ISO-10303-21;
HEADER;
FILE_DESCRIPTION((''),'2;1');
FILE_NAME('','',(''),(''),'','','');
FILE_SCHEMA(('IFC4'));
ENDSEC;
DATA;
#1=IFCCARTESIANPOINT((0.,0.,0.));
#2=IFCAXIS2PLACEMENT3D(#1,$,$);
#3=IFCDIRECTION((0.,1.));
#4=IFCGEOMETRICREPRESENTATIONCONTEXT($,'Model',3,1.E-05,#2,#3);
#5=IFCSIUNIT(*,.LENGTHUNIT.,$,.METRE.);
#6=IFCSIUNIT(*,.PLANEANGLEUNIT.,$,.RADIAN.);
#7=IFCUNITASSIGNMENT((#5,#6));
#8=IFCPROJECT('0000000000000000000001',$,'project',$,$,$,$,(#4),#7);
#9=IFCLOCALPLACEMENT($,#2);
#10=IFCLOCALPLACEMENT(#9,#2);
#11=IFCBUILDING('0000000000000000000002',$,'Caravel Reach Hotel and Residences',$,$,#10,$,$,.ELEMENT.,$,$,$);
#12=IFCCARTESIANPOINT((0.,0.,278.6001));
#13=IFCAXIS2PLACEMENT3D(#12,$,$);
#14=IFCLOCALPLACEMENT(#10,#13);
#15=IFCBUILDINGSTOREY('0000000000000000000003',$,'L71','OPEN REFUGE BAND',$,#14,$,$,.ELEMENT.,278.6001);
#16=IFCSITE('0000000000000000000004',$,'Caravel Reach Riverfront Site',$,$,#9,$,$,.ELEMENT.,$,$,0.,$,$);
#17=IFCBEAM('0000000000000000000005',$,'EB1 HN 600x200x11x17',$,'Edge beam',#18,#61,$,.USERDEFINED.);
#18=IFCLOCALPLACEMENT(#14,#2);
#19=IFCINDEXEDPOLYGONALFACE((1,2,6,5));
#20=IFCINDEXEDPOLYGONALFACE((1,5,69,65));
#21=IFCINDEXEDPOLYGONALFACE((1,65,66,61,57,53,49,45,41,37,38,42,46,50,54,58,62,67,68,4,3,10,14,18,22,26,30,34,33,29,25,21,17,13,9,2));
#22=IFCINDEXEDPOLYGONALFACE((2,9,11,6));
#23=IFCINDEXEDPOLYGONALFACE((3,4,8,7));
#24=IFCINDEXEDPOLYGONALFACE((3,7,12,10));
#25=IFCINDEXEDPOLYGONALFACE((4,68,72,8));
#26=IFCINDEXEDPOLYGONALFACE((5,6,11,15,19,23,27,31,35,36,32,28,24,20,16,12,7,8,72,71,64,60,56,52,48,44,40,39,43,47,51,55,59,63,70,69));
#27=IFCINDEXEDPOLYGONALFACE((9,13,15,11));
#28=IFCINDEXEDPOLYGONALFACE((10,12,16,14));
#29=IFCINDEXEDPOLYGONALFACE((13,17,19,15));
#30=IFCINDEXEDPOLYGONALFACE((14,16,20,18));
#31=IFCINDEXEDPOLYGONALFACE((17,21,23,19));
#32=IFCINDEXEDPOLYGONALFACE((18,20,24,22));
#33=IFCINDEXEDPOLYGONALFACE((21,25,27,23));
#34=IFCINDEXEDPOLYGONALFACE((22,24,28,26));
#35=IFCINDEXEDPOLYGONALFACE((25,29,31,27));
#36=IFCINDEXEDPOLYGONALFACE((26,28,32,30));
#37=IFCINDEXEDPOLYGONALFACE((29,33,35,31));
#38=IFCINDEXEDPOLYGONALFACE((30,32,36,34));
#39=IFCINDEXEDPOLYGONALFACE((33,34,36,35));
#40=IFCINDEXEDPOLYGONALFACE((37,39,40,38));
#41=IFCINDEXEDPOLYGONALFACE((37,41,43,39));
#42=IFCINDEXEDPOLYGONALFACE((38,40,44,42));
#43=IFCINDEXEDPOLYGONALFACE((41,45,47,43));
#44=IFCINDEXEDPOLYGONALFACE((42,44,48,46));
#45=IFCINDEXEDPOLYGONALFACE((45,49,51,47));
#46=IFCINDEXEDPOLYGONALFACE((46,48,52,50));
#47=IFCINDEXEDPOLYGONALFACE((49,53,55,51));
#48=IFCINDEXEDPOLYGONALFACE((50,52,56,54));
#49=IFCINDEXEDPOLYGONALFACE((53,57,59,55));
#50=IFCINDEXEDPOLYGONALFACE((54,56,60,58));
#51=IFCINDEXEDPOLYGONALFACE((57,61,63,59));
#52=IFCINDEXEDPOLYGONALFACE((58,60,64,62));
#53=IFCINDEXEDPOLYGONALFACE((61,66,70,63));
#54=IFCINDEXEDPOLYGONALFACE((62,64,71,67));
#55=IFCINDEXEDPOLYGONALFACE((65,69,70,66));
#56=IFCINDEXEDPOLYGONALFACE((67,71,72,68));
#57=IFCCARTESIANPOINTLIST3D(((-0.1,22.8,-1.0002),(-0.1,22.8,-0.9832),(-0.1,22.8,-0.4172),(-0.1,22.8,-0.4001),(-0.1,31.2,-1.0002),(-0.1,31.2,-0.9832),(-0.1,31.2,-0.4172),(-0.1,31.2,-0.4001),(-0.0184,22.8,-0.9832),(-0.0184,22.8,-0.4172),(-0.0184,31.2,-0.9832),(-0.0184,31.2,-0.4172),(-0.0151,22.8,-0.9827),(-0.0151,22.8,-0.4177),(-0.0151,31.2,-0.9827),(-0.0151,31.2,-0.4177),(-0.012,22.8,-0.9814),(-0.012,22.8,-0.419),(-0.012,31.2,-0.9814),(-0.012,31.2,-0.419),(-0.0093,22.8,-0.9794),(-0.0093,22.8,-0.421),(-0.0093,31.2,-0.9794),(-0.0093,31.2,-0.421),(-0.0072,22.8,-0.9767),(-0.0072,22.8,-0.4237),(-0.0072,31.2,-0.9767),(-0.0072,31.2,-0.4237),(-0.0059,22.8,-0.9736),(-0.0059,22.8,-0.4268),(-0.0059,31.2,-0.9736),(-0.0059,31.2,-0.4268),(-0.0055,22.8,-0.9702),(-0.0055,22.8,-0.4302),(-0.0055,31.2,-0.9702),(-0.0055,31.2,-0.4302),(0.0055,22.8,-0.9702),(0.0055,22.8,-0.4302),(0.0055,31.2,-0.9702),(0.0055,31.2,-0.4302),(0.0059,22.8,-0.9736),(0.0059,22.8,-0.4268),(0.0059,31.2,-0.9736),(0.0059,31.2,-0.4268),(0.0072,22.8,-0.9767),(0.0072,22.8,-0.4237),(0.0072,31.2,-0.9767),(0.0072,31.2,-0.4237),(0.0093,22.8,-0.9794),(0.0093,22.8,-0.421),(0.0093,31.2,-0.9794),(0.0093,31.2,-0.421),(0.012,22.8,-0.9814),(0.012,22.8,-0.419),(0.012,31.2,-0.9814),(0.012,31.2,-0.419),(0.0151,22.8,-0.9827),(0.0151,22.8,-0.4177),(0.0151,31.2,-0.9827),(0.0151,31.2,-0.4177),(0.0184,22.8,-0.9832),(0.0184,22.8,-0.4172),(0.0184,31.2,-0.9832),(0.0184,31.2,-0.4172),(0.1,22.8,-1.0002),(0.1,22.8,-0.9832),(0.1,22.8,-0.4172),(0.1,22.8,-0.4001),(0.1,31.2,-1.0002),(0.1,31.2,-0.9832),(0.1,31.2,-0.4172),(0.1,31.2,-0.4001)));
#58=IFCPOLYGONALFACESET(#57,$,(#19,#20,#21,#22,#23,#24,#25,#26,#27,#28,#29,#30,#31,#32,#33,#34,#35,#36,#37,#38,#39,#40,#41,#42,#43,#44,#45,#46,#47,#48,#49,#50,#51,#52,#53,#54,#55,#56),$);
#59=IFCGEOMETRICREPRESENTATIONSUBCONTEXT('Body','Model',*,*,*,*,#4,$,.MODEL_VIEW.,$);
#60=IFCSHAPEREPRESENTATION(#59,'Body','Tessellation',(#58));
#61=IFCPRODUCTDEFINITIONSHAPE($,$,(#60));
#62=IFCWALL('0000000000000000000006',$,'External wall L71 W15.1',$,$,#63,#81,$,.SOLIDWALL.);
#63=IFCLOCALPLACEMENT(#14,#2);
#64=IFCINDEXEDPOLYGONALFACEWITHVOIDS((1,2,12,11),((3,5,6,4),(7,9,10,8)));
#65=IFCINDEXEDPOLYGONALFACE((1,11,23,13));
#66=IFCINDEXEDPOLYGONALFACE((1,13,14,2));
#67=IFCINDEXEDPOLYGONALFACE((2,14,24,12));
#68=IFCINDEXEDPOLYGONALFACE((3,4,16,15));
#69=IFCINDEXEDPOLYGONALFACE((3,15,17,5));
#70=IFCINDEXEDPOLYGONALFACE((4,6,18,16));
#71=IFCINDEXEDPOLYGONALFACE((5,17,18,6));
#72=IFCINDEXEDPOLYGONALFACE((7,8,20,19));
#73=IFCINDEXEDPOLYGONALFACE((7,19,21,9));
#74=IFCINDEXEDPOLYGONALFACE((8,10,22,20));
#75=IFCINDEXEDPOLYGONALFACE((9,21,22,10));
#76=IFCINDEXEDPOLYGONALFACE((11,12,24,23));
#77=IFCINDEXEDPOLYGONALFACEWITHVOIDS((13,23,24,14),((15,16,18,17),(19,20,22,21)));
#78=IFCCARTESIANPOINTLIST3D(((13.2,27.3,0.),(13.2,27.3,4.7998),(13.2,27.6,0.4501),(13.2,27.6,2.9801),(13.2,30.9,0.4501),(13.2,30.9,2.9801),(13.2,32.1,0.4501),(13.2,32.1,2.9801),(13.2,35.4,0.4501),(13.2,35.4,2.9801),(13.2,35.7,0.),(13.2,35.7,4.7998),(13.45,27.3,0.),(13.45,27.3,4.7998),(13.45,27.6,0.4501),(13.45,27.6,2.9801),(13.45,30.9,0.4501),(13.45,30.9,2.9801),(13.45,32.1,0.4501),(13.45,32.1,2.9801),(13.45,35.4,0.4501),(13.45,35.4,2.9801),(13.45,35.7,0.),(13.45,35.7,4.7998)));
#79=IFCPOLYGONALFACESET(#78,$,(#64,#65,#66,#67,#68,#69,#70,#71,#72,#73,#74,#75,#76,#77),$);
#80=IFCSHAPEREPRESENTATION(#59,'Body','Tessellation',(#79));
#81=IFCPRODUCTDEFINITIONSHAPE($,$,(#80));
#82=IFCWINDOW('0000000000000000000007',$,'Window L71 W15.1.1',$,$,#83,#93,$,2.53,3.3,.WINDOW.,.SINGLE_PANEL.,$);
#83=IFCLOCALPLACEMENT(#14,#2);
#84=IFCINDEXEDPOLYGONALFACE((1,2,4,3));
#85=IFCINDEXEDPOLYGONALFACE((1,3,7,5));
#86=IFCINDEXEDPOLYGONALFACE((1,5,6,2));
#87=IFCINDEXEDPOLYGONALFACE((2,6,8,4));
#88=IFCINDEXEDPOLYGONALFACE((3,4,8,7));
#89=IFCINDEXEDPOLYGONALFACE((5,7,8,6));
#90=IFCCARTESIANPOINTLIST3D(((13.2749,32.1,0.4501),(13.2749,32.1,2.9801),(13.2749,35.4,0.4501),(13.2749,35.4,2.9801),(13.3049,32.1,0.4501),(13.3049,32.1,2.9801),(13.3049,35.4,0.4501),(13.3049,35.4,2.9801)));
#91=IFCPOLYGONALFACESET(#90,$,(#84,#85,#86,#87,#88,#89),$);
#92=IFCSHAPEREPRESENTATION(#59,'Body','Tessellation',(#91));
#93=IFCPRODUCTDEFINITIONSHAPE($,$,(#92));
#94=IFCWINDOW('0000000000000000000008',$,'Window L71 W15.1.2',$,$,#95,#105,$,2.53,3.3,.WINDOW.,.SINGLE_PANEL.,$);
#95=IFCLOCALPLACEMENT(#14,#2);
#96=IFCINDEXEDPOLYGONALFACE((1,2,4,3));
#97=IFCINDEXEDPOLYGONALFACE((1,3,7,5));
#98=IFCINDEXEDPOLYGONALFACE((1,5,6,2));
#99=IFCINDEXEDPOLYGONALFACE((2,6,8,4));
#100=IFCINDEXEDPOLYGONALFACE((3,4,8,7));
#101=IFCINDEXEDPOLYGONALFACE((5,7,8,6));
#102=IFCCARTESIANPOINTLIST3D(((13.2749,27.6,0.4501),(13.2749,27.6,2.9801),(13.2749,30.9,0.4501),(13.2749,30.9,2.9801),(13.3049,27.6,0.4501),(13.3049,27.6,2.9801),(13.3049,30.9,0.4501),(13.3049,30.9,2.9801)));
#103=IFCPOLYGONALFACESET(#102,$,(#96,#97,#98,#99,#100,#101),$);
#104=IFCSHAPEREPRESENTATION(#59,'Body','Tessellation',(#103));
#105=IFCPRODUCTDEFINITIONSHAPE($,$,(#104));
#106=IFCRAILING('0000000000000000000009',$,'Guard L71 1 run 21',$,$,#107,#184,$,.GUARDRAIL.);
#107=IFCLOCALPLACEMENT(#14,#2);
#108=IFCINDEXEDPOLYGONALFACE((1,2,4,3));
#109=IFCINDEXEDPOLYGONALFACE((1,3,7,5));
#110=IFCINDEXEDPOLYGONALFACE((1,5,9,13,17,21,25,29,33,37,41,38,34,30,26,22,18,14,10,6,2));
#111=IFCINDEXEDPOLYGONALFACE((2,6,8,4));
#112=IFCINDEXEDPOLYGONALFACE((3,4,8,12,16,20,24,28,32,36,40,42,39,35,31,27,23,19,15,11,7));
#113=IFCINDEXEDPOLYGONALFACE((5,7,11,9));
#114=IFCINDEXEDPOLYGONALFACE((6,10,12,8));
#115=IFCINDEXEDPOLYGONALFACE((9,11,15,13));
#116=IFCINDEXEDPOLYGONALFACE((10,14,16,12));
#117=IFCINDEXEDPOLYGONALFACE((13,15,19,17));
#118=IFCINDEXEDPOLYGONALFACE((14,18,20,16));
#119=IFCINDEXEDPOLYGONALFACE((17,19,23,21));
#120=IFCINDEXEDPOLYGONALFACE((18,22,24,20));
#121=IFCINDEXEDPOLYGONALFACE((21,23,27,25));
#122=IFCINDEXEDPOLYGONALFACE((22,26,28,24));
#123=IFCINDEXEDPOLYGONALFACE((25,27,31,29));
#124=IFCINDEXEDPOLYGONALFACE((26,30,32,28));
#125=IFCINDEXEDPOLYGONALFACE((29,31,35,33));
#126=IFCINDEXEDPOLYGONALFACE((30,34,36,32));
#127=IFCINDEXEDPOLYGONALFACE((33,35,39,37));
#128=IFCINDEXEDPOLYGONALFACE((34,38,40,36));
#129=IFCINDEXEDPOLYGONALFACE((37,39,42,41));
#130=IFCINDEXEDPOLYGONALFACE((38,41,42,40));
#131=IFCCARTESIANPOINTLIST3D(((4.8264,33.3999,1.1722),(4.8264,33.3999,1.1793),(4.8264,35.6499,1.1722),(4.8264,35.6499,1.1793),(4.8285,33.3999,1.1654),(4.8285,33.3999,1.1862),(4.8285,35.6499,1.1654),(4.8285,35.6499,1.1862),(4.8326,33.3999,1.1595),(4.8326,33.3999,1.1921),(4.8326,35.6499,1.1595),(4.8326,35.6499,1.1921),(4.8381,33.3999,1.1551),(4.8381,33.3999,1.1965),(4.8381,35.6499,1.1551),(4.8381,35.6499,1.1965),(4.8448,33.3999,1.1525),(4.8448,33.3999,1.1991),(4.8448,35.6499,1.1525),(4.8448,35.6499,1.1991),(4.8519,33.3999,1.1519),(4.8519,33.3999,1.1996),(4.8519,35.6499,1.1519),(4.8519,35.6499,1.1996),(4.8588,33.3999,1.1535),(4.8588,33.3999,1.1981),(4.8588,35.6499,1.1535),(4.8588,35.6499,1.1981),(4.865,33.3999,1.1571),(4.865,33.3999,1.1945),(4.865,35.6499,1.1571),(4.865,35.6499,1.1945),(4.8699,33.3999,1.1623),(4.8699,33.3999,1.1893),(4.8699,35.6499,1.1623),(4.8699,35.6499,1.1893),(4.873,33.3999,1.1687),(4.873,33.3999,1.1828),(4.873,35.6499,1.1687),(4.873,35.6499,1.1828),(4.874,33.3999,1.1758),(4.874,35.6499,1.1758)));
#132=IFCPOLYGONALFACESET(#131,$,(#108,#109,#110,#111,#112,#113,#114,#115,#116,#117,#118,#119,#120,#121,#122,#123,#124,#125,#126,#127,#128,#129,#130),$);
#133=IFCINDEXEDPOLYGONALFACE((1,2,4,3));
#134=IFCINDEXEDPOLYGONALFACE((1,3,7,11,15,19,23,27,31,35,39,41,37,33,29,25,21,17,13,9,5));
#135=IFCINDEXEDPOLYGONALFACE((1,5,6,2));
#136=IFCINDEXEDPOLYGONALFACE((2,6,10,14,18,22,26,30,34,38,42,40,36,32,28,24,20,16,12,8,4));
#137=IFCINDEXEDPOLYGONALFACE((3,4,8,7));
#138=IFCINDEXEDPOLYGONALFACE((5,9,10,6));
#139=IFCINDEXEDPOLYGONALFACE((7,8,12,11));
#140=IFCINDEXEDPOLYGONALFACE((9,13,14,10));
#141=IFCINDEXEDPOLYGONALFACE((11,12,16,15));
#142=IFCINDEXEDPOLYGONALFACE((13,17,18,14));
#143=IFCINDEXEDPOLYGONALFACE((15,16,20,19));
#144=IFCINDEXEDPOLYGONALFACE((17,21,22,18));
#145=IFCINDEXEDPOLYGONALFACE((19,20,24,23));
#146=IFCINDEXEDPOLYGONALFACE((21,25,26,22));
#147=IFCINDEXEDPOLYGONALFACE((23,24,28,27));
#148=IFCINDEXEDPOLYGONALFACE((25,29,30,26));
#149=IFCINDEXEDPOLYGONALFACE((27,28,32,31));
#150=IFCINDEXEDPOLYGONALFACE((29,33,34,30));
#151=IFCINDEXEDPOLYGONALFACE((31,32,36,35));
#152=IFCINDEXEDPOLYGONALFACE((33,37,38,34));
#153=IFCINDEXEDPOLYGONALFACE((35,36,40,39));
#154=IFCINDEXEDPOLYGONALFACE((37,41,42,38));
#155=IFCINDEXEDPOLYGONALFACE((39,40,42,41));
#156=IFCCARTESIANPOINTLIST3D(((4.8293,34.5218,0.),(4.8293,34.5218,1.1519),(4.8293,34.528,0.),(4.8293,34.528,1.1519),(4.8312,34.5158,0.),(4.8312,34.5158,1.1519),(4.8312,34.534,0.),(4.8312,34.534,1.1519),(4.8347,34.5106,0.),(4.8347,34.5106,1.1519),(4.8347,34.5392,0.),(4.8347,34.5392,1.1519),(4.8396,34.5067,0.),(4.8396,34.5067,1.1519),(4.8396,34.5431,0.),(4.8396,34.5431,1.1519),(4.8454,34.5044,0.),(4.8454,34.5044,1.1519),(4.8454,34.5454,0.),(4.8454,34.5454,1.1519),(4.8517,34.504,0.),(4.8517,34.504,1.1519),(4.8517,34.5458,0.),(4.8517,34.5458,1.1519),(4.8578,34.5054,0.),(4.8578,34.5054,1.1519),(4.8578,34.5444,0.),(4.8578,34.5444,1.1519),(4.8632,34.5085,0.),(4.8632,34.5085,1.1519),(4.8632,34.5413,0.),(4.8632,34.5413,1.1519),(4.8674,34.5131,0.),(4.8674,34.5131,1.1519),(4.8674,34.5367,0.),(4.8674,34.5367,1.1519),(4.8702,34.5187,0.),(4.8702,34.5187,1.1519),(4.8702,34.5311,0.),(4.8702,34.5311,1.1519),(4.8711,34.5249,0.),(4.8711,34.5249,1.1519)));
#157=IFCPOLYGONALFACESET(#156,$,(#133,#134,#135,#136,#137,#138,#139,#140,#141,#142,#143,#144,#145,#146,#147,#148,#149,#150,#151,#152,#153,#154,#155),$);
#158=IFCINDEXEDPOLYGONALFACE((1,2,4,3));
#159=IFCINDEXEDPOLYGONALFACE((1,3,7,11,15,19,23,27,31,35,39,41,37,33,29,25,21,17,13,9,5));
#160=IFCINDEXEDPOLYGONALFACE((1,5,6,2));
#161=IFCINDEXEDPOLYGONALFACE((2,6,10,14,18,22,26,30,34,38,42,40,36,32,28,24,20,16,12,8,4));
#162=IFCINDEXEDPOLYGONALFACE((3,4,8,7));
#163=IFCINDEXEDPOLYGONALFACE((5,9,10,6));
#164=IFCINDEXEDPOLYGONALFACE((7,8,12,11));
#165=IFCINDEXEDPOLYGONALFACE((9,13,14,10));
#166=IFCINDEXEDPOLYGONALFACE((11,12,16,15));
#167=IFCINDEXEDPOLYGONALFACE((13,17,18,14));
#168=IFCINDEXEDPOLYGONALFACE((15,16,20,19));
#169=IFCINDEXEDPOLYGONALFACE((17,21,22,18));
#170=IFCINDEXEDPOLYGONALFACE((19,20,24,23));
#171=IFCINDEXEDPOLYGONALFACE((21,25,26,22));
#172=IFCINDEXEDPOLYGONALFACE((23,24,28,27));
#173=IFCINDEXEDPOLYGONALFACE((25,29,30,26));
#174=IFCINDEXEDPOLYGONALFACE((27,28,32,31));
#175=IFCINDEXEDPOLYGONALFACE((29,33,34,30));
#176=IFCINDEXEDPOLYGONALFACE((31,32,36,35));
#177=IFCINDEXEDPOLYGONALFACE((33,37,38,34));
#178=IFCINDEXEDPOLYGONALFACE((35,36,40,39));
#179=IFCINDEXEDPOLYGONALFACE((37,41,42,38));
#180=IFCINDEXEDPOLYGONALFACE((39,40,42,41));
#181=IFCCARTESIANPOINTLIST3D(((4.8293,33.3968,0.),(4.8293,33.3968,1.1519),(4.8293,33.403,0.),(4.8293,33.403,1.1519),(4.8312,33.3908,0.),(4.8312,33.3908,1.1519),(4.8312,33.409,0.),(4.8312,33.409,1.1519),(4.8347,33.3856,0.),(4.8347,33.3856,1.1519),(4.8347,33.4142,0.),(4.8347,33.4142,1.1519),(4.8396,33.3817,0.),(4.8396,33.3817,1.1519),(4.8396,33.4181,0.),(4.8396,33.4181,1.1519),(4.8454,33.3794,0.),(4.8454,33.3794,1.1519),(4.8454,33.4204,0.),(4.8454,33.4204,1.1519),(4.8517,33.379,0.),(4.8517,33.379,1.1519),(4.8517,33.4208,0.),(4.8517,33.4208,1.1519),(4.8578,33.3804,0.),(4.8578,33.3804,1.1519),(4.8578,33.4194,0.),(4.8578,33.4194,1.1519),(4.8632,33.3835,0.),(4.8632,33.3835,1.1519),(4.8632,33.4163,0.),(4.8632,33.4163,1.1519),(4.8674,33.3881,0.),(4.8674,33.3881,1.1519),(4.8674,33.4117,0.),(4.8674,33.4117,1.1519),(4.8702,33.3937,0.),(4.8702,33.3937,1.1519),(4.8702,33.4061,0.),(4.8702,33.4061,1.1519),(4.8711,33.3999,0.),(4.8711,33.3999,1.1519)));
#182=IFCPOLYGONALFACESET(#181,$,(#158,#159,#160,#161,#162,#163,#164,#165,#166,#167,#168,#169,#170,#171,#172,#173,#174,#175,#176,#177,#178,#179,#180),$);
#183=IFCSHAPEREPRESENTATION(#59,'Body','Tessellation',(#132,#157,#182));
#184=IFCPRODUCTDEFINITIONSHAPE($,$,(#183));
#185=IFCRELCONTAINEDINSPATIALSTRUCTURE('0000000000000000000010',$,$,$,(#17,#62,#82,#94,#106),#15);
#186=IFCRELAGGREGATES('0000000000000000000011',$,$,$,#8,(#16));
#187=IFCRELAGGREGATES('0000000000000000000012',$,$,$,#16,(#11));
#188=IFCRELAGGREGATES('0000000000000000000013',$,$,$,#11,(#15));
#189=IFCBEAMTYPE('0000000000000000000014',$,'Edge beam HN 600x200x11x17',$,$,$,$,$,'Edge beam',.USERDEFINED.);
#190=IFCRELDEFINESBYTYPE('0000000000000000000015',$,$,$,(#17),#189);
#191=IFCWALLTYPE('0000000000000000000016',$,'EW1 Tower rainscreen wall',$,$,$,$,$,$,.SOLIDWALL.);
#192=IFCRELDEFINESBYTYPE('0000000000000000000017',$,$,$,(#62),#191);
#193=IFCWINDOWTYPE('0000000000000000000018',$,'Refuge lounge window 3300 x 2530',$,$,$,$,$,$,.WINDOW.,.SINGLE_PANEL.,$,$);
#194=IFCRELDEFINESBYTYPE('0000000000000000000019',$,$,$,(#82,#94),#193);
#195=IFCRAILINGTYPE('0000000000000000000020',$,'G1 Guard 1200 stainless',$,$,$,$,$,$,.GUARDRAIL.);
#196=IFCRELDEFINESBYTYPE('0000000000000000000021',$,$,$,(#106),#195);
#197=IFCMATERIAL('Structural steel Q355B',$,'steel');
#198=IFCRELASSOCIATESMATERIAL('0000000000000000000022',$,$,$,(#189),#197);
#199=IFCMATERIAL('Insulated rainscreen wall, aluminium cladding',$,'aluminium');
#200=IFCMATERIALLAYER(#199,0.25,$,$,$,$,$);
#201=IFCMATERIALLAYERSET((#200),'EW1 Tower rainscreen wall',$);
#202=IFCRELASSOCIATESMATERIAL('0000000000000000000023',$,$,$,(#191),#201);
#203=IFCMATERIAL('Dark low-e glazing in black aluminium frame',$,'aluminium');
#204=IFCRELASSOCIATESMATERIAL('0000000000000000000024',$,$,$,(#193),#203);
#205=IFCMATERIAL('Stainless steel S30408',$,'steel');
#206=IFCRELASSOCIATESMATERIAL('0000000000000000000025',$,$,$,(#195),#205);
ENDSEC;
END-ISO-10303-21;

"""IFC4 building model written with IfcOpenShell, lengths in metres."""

from ifc_helpers import new_model, si_unit, direction, frame, frame_2d, origin, origin_2d, place, context, subcontext, project, spatial, rectangle, circle, i_section, extrude, material, layer, layer_set, material_profile, profile_set, type_object, element, fill, save


model = new_model("IFC4")

# Units and contexts
model_context = context("Model", 3, precision=1e-05, world=origin(), true_north=direction((0.0, 1.0)))
body_context = subcontext(model_context, "Body", "Model", "MODEL_VIEW")
ifc_project = project(units=[si_unit("LENGTHUNIT", "METRE"), si_unit("PLANEANGLEUNIT", "RADIAN")], contexts=[model_context])

# Site, building, storey
site_placement = place(None, origin())
site = spatial("IfcSite", under=ifc_project, at=site_placement, Name="Caravel Reach Riverfront Site", CompositionType="ELEMENT", RefElevation=0.0)
building_placement = place(site_placement, origin())
building = spatial("IfcBuilding", under=site, at=building_placement, Name="Caravel Reach Hotel and Residences", CompositionType="ELEMENT")
storey_placement = place(building_placement, frame((0.0, 0.0, 278.6001)))
storey = spatial("IfcBuildingStorey", under=building, at=storey_placement, Name="L71", Description="OPEN REFUGE BAND", CompositionType="ELEMENT", Elevation=278.6001)

# Beam
ifc_material_1 = material(Name="Structural steel Q355B", Category="steel")
ifc_material_profile_1 = material_profile(ifc_material_1, i_section(OverallWidth=0.2, OverallDepth=0.6001, WebThickness=0.011, FlangeThickness=0.0171, FilletRadius=0.0129, at=origin_2d()), Name="HN 600x200x11x17")
ifc_profile_set_1 = profile_set([ifc_material_profile_1], Name="Structural steel Q355B")
beam_type_1 = type_object("IfcBeamType", Name="Edge beam HN 600x200x11x17", ElementType="Edge beam", PredefinedType="USERDEFINED", material=ifc_profile_set_1)
beam_1_placement = place(storey_placement, frame((0.0, 31.2, -0.7002), z_axis=(0.0, -1.0, 0.0), x_axis=(1.0, 0.0, 0.0)))
element("IfcBeam", 1, at=beam_1_placement, inside=storey, type_object=beam_type_1, Name="EB1 HN 600x200x11x17", ObjectType="Edge beam", PredefinedType="USERDEFINED", context=body_context, shape_type="SweptSolid", body=[
    extrude(i_section(OverallWidth=0.2, OverallDepth=0.6001, WebThickness=0.011, FlangeThickness=0.0171, FilletRadius=0.0129, at=origin_2d()), origin(), (0.0, 0.0, 1.0), 8.3999),
])

# Wall, openings, windows
ifc_material_2 = material(Name="Insulated rainscreen wall, aluminium cladding", Category="aluminium")
ifc_layer = layer(ifc_material_2, 0.25)
ifc_layer_set = layer_set([ifc_layer], Name="EW1 Tower rainscreen wall")
wall_type = type_object("IfcWallType", Name="EW1 Tower rainscreen wall", PredefinedType="SOLIDWALL", material=ifc_layer_set)
wall_1_placement = place(storey_placement, frame((13.325, 35.7, 0.0), z_axis=(0.0, 0.0, 1.0), x_axis=(0.0, -1.0, 0.0)))
wall_1 = element("IfcWall", 2, at=wall_1_placement, inside=storey, type_object=wall_type, Name="External wall L71 W15.1", PredefinedType="SOLIDWALL", context=body_context, shape_type="SweptSolid", body=[
    extrude(rectangle(XDim=8.3999, YDim=0.25, at=frame_2d((4.2, 0.0))), origin(), (0.0, 0.0, 1.0), 4.7998),
])
opening_1_placement = place(wall_1_placement, frame((0.3, 0.0, 0.45)))
opening_1 = element("IfcOpeningElement", 3, at=opening_1_placement, cuts=wall_1, PredefinedType="OPENING", context=body_context, shape_type="SweptSolid", body=[
    extrude(rectangle(XDim=3.3, YDim=2.53, at=frame_2d((1.6499, 1.2651))), frame((0.0, 0.135, 0.0), z_axis=(0.0, -1.0, 0.0), x_axis=(1.0, 0.0, 0.0)), (0.0, 0.0, 1.0), 0.27),
])
opening_2_placement = place(wall_1_placement, frame((4.8, 0.0, 0.45)))
opening_2 = element("IfcOpeningElement", 4, at=opening_2_placement, cuts=wall_1, PredefinedType="OPENING", context=body_context, shape_type="SweptSolid", body=[
    extrude(rectangle(XDim=3.3, YDim=2.53, at=frame_2d((1.6499, 1.2651))), frame((0.0, 0.135, 0.0), z_axis=(0.0, -1.0, 0.0), x_axis=(1.0, 0.0, 0.0)), (0.0, 0.0, 1.0), 0.27),
])
ifc_material_3 = material(Name="Dark low-e glazing in black aluminium frame", Category="aluminium")
window_type = type_object("IfcWindowType", Name="Refuge lounge window 3300 x 2530", PartitioningType="SINGLE_PANEL", PredefinedType="WINDOW", material=ifc_material_3)
window_1_placement = place(opening_1_placement, origin())
window_1 = element("IfcWindow", 5, at=window_1_placement, inside=storey, type_object=window_type, Name="Window L71 W15.1.1", OverallHeight=2.53, OverallWidth=3.3, PartitioningType="SINGLE_PANEL", PredefinedType="WINDOW", context=body_context, shape_type="SweptSolid", body=[
    extrude(rectangle(XDim=3.3, YDim=2.53, at=frame_2d((1.6499, 1.2651))), frame((0.0, -0.02, 0.0), z_axis=(0.0, -1.0, 0.0), x_axis=(1.0, 0.0, 0.0)), (0.0, 0.0, 1.0), 0.03),
])
fill(opening_1, window_1)
window_2_placement = place(opening_2_placement, origin())
window_2 = element("IfcWindow", 6, at=window_2_placement, inside=storey, type_object=window_type, Name="Window L71 W15.1.2", OverallHeight=2.53, OverallWidth=3.3, PartitioningType="SINGLE_PANEL", PredefinedType="WINDOW", context=body_context, shape_type="SweptSolid", body=[
    extrude(rectangle(XDim=3.3, YDim=2.53, at=frame_2d((1.6499, 1.2651))), frame((0.0, -0.02, 0.0), z_axis=(0.0, -1.0, 0.0), x_axis=(1.0, 0.0, 0.0)), (0.0, 0.0, 1.0), 0.03),
])
fill(opening_2, window_2)

# Railing
ifc_material_4 = material(Name="Stainless steel S30408", Category="steel")
railing_type = type_object("IfcRailingType", Name="G1 Guard 1200 stainless", PredefinedType="GUARDRAIL", material=ifc_material_4)
railing_1_placement = place(storey_placement, frame((4.8501, 35.6499, 0.0)))
element("IfcRailing", 7, at=railing_1_placement, inside=storey, type_object=railing_type, Name="Guard L71 1 run 21", PredefinedType="GUARDRAIL", context=body_context, shape_type="SweptSolid", body=[
    extrude(circle(Radius=0.0239, at=origin_2d()), frame((0.0, 0.0, 1.1758), z_axis=(0.0, -1.0, 0.0), x_axis=(1.0, 0.0, 0.0)), (0.0, 0.0, 1.0), 2.25),
    extrude(circle(Radius=0.021, at=origin_2d()), frame((0.0, -1.125, 0.0)), (0.0, 0.0, 1.0), 1.1519),
    extrude(circle(Radius=0.021, at=origin_2d()), frame((0.0, -2.25, 0.0)), (0.0, 0.0, 1.0), 1.1519),
])

save(model, "model.ifc")
